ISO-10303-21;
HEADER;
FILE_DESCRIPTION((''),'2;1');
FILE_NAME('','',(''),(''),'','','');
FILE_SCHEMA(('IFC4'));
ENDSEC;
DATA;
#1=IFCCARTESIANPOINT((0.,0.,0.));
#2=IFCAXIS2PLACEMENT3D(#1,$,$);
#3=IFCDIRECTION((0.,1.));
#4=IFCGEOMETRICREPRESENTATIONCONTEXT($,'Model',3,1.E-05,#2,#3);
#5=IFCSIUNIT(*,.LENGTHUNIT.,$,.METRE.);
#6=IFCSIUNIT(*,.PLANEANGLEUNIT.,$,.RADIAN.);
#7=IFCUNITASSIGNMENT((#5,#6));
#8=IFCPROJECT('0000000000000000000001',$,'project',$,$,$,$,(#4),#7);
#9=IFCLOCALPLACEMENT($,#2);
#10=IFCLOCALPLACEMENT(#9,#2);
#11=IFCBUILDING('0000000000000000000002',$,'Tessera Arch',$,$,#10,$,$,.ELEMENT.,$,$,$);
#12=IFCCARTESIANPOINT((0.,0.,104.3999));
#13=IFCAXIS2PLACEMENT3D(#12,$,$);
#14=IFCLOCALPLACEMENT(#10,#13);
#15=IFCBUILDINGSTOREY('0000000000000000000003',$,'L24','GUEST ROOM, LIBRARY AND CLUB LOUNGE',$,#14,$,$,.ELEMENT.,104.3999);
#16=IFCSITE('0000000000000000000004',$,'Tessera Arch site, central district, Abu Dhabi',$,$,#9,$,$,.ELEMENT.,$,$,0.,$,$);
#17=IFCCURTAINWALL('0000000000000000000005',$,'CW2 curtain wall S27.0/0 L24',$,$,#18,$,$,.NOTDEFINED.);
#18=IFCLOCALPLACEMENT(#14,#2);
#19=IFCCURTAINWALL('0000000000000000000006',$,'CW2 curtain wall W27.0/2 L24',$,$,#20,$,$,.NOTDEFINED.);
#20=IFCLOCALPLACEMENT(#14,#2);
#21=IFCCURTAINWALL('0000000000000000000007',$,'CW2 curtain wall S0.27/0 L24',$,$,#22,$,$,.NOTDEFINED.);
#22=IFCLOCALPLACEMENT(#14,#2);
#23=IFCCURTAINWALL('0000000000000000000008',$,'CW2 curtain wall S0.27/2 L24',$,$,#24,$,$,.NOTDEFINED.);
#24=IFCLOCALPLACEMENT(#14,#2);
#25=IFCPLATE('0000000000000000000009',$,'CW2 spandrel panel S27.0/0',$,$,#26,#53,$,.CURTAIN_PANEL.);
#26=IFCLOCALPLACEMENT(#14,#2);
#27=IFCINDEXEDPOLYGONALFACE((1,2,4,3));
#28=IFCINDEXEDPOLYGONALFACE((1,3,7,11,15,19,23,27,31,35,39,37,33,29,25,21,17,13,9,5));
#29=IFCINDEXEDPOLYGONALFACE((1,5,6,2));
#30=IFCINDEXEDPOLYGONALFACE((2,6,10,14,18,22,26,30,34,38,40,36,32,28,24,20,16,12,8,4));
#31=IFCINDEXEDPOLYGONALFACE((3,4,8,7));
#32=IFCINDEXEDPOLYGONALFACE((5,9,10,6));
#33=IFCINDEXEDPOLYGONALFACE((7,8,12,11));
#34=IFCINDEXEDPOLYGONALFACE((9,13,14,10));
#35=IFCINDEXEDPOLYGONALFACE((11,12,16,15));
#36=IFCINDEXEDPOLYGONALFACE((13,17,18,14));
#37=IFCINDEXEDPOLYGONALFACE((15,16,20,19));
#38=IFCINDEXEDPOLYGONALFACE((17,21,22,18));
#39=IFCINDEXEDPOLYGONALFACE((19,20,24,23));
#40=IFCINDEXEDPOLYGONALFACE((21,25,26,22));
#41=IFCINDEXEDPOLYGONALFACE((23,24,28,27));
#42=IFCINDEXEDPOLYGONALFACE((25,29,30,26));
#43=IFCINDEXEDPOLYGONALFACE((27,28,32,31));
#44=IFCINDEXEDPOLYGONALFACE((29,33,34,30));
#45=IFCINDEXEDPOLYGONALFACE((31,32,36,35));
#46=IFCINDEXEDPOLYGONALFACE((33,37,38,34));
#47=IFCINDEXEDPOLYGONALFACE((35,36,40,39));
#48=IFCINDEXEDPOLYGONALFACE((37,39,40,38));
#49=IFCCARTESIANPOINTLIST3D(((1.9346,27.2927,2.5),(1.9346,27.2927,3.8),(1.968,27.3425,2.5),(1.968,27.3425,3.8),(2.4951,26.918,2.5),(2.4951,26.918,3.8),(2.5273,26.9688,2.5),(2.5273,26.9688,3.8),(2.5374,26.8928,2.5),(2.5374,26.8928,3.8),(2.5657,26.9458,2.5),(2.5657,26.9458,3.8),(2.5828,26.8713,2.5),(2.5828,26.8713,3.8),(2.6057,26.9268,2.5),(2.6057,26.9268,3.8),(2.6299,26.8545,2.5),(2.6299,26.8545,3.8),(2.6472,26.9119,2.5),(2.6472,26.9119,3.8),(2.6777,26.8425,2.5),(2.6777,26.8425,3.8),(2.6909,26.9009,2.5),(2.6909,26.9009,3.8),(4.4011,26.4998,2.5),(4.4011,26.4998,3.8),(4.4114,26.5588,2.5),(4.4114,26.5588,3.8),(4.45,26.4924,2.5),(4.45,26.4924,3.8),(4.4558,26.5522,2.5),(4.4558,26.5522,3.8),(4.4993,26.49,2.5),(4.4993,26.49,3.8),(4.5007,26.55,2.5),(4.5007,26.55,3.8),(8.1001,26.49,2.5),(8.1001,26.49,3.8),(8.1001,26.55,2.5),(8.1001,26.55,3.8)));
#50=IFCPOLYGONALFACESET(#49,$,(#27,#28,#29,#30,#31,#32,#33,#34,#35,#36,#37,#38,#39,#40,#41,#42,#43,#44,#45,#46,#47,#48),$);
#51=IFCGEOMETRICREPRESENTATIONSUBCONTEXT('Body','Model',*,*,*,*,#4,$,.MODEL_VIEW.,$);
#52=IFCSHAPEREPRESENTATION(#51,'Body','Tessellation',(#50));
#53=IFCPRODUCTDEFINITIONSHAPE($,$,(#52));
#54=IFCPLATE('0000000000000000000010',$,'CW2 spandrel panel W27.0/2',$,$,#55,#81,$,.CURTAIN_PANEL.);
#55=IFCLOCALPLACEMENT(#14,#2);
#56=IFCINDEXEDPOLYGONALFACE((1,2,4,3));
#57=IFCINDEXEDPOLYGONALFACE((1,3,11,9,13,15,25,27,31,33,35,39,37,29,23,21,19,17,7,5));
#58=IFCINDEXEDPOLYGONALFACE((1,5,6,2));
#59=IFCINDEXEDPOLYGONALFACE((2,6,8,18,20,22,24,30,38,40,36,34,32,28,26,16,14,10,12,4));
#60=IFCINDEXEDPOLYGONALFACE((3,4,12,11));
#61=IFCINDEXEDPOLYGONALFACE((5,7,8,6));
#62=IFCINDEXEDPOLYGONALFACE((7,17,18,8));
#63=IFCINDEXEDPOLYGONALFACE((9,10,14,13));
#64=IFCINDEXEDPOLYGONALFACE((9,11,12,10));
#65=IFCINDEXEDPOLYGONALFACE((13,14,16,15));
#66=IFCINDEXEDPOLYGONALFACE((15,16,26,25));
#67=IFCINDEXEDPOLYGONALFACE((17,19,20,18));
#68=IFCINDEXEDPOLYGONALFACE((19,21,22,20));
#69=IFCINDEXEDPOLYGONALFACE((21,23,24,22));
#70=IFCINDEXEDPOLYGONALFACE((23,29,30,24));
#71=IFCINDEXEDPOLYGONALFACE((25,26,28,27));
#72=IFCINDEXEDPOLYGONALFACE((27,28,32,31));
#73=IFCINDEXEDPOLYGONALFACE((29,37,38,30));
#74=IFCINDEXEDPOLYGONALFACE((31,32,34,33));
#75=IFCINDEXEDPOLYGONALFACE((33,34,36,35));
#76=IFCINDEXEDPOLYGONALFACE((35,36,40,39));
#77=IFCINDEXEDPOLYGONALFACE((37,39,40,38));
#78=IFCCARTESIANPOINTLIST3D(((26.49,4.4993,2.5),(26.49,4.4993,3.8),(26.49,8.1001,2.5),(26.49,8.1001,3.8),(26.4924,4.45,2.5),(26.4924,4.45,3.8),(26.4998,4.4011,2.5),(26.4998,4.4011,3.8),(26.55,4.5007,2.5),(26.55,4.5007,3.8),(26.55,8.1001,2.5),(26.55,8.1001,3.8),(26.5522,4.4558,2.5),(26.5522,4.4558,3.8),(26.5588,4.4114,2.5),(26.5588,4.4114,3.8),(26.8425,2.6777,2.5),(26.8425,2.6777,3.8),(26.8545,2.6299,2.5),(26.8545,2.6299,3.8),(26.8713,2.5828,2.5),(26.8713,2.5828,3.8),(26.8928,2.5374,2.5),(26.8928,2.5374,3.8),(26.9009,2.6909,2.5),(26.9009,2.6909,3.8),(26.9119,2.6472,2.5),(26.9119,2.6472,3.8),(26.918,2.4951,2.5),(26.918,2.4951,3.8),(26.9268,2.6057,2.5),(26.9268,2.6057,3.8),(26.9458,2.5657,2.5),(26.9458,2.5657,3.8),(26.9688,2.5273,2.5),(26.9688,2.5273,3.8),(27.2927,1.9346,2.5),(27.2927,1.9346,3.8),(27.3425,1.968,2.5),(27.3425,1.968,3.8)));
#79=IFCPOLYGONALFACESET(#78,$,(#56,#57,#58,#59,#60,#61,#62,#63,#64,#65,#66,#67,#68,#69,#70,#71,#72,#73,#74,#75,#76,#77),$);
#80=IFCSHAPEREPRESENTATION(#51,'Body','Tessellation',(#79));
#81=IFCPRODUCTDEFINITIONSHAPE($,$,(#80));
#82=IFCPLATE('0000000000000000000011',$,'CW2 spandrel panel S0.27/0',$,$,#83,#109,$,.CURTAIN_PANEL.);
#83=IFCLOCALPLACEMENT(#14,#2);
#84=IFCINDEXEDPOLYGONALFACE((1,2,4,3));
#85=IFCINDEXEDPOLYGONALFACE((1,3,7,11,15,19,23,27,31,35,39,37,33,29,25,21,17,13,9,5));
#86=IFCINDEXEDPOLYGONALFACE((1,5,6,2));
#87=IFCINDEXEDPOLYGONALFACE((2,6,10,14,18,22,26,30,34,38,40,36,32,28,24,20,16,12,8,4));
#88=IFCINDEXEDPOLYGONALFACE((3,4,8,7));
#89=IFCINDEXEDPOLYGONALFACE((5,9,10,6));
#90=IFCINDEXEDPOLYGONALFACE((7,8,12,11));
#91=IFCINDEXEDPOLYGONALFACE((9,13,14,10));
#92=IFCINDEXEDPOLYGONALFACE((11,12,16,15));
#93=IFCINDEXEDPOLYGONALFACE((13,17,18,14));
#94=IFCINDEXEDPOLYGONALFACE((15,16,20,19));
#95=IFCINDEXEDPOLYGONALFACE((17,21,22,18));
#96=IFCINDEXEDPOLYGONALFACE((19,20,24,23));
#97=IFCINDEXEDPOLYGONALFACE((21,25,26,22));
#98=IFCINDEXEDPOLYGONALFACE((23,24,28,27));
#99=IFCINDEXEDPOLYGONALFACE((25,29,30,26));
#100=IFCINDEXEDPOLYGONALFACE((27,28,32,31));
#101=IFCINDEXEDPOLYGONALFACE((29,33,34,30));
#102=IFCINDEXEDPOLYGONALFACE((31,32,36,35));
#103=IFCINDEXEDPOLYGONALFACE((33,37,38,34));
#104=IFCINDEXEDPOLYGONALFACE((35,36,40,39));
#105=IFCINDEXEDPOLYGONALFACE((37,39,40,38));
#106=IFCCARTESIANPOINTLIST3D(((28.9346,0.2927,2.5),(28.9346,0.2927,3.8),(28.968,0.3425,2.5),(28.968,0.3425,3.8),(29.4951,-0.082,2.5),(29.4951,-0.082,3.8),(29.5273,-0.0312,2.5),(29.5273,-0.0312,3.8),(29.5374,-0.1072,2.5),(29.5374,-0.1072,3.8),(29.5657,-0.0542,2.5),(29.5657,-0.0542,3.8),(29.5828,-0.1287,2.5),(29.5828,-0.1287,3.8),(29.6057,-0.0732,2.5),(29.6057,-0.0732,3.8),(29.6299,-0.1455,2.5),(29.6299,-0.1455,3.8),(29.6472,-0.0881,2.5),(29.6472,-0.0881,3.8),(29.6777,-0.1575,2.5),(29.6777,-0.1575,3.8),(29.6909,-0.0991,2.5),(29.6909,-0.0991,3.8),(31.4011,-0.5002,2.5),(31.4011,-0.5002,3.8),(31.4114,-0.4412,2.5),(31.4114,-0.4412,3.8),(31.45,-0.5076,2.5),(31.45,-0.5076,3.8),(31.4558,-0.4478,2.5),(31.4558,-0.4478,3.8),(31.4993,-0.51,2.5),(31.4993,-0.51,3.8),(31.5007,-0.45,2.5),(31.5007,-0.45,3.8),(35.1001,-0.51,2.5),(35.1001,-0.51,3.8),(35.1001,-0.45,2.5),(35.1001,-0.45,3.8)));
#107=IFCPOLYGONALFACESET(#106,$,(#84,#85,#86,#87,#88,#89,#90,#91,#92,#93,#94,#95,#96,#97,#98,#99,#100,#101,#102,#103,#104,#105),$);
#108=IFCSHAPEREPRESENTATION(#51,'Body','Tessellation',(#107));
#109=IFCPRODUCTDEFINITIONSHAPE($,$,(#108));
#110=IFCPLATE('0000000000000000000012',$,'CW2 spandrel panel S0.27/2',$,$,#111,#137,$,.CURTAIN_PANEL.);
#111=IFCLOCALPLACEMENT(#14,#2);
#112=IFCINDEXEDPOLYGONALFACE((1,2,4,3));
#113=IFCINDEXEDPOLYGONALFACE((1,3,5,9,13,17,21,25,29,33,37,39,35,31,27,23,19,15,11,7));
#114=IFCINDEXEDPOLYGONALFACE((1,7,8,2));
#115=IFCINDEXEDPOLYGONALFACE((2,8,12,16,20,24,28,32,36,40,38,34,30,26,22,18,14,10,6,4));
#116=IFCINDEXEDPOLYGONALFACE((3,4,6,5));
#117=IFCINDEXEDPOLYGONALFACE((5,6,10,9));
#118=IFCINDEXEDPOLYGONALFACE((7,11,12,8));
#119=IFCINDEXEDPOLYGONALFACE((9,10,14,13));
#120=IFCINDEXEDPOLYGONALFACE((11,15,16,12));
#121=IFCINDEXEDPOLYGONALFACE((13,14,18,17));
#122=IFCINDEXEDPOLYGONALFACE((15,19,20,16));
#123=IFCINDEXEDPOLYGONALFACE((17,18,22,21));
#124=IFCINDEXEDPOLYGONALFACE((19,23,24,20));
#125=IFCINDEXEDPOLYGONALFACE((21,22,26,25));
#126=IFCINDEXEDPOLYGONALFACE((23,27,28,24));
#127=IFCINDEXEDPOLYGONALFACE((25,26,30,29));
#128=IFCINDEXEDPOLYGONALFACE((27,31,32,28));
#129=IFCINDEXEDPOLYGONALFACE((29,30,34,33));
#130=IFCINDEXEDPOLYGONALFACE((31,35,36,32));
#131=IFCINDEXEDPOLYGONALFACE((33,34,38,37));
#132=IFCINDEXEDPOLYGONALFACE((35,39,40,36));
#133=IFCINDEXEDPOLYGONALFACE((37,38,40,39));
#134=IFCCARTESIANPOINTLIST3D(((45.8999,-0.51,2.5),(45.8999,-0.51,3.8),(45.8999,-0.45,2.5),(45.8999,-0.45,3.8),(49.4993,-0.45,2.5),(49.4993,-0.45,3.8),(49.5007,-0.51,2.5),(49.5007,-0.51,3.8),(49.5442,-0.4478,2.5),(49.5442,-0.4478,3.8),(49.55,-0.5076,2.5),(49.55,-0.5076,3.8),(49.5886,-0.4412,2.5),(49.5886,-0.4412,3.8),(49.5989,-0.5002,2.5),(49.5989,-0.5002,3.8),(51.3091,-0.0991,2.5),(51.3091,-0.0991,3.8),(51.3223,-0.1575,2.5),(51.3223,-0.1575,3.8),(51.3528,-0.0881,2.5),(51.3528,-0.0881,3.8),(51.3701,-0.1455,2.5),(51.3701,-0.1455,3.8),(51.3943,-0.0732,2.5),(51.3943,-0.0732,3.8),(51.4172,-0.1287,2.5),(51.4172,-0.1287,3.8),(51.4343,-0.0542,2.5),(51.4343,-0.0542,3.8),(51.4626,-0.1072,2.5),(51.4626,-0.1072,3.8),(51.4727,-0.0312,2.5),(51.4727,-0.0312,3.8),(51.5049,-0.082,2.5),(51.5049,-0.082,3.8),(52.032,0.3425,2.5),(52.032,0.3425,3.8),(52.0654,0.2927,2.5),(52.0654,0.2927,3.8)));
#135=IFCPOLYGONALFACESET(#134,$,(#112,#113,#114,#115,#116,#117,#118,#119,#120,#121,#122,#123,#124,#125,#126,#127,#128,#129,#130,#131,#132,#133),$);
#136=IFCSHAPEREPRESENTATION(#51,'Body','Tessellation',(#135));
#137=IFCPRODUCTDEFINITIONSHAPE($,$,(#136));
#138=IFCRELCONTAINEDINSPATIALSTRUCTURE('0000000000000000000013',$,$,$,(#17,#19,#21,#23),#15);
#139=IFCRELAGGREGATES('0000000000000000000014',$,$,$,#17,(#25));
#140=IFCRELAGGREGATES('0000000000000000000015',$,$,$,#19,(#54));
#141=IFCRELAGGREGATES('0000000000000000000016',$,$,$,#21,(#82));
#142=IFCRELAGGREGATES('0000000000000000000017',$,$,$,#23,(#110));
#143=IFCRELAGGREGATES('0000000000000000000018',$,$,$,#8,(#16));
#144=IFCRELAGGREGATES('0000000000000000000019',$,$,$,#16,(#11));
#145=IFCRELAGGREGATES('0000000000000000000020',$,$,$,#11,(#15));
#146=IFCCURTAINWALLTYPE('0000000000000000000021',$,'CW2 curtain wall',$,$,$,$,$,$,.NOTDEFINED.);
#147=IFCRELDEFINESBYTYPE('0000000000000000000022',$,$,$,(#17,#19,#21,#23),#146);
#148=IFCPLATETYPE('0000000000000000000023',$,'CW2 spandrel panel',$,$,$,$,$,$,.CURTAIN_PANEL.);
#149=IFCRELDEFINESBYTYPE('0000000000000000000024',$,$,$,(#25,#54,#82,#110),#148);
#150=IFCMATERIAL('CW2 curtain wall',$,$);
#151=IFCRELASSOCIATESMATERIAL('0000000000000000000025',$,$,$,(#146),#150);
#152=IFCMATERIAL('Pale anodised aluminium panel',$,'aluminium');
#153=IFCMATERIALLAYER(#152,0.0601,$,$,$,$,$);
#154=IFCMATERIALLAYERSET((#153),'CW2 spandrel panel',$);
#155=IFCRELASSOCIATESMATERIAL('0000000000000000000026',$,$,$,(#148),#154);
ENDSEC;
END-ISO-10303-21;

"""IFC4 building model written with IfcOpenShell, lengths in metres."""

from ifc_helpers import new_model, si_unit, direction, frame, origin, place, context, subcontext, project, spatial, polyline, outline, extrude, material, layer, layer_set, type_object, element, aggregate, save


model = new_model("IFC4")

# Units and contexts
model_context = context("Model", 3, precision=1e-05, world=origin(), true_north=direction((0.0, 1.0)))
body_context = subcontext(model_context, "Body", "Model", "MODEL_VIEW")
ifc_project = project(units=[si_unit("LENGTHUNIT", "METRE"), si_unit("PLANEANGLEUNIT", "RADIAN")], contexts=[model_context])

# Site, building, storey
site_placement = place(None, origin())
site = spatial("IfcSite", under=ifc_project, at=site_placement, Name="Tessera Arch site, central district, Abu Dhabi", CompositionType="ELEMENT", RefElevation=0.0)
building_placement = place(site_placement, origin())
building = spatial("IfcBuilding", under=site, at=building_placement, Name="Tessera Arch", CompositionType="ELEMENT")
storey_placement = place(building_placement, frame((0.0, 0.0, 104.3999)))
storey = spatial("IfcBuildingStorey", under=building, at=storey_placement, Name="L24", Description="GUEST ROOM, LIBRARY AND CLUB LOUNGE", CompositionType="ELEMENT", Elevation=104.3999)

# Curtain walls
ifc_material_1 = material(Name="CW2 curtain wall")
curtain_wall_type = type_object("IfcCurtainWallType", Name="CW2 curtain wall", PredefinedType="NOTDEFINED", material=ifc_material_1)
curtain_wall_1_placement = place(storey_placement, origin())
curtain_wall_1 = element("IfcCurtainWall", 1, at=curtain_wall_1_placement, inside=storey, type_object=curtain_wall_type, Name="CW2 curtain wall S27.0/0 L24", PredefinedType="NOTDEFINED")
curtain_wall_2_placement = place(storey_placement, origin())
curtain_wall_2 = element("IfcCurtainWall", 2, at=curtain_wall_2_placement, inside=storey, type_object=curtain_wall_type, Name="CW2 curtain wall W27.0/2 L24", PredefinedType="NOTDEFINED")
curtain_wall_3_placement = place(storey_placement, origin())
curtain_wall_3 = element("IfcCurtainWall", 3, at=curtain_wall_3_placement, inside=storey, type_object=curtain_wall_type, Name="CW2 curtain wall S0.27/0 L24", PredefinedType="NOTDEFINED")
curtain_wall_4_placement = place(storey_placement, origin())
curtain_wall_4 = element("IfcCurtainWall", 4, at=curtain_wall_4_placement, inside=storey, type_object=curtain_wall_type, Name="CW2 curtain wall S0.27/2 L24", PredefinedType="NOTDEFINED")

# Plates
ifc_material_2 = material(Name="Pale anodised aluminium panel", Category="aluminium")
ifc_layer_1 = layer(ifc_material_2, 0.0601)
ifc_layer_set_1 = layer_set([ifc_layer_1], Name="CW2 spandrel panel")
plate_type_1 = type_object("IfcPlateType", Name="CW2 spandrel panel", PredefinedType="CURTAIN_PANEL", material=ifc_layer_set_1)
plate_1_placement = place(storey_placement, frame((0.0, 0.0, 2.5)))
plate_1 = element("IfcPlate", 5, at=plate_1_placement, type_object=plate_type_1, Name="CW2 spandrel panel S27.0/0", PredefinedType="CURTAIN_PANEL", context=body_context, shape_type="SweptSolid", body=[
    extrude(outline(polyline([(2.5273, 26.9688), (1.968, 27.3425), (1.9346, 27.2927), (2.4951, 26.918), (2.5374, 26.8928), (2.5828, 26.8713), (2.6299, 26.8545), (2.6777, 26.8425), (4.4011, 26.4998), (4.45, 26.4924), (4.4993, 26.49), (8.1001, 26.49), (8.1001, 26.55), (4.5007, 26.55), (4.4558, 26.5522), (4.4114, 26.5588), (2.6909, 26.9009), (2.6472, 26.9119), (2.6057, 26.9268), (2.5657, 26.9458), (2.5273, 26.9688)])), origin(), (0.0, 0.0, 1.0), 1.3),
])
aggregate(curtain_wall_1, [plate_1])
plate_2_placement = place(storey_placement, frame((0.0, 0.0, 2.5)))
plate_2 = element("IfcPlate", 6, at=plate_2_placement, type_object=plate_type_1, Name="CW2 spandrel panel W27.0/2", PredefinedType="CURTAIN_PANEL", context=body_context, shape_type="SweptSolid", body=[
    extrude(outline(polyline([(26.55, 4.5007), (26.55, 8.1001), (26.49, 8.1001), (26.49, 4.4993), (26.4924, 4.45), (26.4998, 4.4011), (26.8425, 2.6777), (26.8545, 2.6299), (26.8713, 2.5828), (26.8928, 2.5374), (26.918, 2.4951), (27.2927, 1.9346), (27.3425, 1.968), (26.9688, 2.5273), (26.9458, 2.5657), (26.9268, 2.6057), (26.9119, 2.6472), (26.9009, 2.6909), (26.5588, 4.4114), (26.5522, 4.4558), (26.55, 4.5007)])), origin(), (0.0, 0.0, 1.0), 1.3),
])
aggregate(curtain_wall_2, [plate_2])
plate_3_placement = place(storey_placement, frame((0.0, 0.0, 2.5)))
plate_3 = element("IfcPlate", 7, at=plate_3_placement, type_object=plate_type_1, Name="CW2 spandrel panel S0.27/0", PredefinedType="CURTAIN_PANEL", context=body_context, shape_type="SweptSolid", body=[
    extrude(outline(polyline([(29.5273, -0.0312), (28.968, 0.3425), (28.9346, 0.2927), (29.4951, -0.082), (29.5374, -0.1072), (29.5828, -0.1287), (29.6299, -0.1455), (29.6777, -0.1575), (31.4011, -0.5002), (31.45, -0.5076), (31.4993, -0.51), (35.1001, -0.51), (35.1001, -0.45), (31.5007, -0.45), (31.4558, -0.4478), (31.4114, -0.4412), (29.6909, -0.0991), (29.6472, -0.0881), (29.6057, -0.0732), (29.5657, -0.0542), (29.5273, -0.0312)])), origin(), (0.0, 0.0, 1.0), 1.3),
])
aggregate(curtain_wall_3, [plate_3])
plate_4_placement = place(storey_placement, frame((0.0, 0.0, 2.5)))
plate_4 = element("IfcPlate", 8, at=plate_4_placement, type_object=plate_type_1, Name="CW2 spandrel panel S0.27/2", PredefinedType="CURTAIN_PANEL", context=body_context, shape_type="SweptSolid", body=[
    extrude(outline(polyline([(49.4993, -0.45), (45.8999, -0.45), (45.8999, -0.51), (49.5007, -0.51), (49.55, -0.5076), (49.5989, -0.5002), (51.3223, -0.1575), (51.3701, -0.1455), (51.4172, -0.1287), (51.4626, -0.1072), (51.5049, -0.082), (52.0654, 0.2927), (52.032, 0.3425), (51.4727, -0.0312), (51.4343, -0.0542), (51.3943, -0.0732), (51.3528, -0.0881), (51.3091, -0.0991), (49.5886, -0.4412), (49.5442, -0.4478), (49.4993, -0.45)])), origin(), (0.0, 0.0, 1.0), 1.3),
])
aggregate(curtain_wall_4, [plate_4])

save(model, "model.ifc")
